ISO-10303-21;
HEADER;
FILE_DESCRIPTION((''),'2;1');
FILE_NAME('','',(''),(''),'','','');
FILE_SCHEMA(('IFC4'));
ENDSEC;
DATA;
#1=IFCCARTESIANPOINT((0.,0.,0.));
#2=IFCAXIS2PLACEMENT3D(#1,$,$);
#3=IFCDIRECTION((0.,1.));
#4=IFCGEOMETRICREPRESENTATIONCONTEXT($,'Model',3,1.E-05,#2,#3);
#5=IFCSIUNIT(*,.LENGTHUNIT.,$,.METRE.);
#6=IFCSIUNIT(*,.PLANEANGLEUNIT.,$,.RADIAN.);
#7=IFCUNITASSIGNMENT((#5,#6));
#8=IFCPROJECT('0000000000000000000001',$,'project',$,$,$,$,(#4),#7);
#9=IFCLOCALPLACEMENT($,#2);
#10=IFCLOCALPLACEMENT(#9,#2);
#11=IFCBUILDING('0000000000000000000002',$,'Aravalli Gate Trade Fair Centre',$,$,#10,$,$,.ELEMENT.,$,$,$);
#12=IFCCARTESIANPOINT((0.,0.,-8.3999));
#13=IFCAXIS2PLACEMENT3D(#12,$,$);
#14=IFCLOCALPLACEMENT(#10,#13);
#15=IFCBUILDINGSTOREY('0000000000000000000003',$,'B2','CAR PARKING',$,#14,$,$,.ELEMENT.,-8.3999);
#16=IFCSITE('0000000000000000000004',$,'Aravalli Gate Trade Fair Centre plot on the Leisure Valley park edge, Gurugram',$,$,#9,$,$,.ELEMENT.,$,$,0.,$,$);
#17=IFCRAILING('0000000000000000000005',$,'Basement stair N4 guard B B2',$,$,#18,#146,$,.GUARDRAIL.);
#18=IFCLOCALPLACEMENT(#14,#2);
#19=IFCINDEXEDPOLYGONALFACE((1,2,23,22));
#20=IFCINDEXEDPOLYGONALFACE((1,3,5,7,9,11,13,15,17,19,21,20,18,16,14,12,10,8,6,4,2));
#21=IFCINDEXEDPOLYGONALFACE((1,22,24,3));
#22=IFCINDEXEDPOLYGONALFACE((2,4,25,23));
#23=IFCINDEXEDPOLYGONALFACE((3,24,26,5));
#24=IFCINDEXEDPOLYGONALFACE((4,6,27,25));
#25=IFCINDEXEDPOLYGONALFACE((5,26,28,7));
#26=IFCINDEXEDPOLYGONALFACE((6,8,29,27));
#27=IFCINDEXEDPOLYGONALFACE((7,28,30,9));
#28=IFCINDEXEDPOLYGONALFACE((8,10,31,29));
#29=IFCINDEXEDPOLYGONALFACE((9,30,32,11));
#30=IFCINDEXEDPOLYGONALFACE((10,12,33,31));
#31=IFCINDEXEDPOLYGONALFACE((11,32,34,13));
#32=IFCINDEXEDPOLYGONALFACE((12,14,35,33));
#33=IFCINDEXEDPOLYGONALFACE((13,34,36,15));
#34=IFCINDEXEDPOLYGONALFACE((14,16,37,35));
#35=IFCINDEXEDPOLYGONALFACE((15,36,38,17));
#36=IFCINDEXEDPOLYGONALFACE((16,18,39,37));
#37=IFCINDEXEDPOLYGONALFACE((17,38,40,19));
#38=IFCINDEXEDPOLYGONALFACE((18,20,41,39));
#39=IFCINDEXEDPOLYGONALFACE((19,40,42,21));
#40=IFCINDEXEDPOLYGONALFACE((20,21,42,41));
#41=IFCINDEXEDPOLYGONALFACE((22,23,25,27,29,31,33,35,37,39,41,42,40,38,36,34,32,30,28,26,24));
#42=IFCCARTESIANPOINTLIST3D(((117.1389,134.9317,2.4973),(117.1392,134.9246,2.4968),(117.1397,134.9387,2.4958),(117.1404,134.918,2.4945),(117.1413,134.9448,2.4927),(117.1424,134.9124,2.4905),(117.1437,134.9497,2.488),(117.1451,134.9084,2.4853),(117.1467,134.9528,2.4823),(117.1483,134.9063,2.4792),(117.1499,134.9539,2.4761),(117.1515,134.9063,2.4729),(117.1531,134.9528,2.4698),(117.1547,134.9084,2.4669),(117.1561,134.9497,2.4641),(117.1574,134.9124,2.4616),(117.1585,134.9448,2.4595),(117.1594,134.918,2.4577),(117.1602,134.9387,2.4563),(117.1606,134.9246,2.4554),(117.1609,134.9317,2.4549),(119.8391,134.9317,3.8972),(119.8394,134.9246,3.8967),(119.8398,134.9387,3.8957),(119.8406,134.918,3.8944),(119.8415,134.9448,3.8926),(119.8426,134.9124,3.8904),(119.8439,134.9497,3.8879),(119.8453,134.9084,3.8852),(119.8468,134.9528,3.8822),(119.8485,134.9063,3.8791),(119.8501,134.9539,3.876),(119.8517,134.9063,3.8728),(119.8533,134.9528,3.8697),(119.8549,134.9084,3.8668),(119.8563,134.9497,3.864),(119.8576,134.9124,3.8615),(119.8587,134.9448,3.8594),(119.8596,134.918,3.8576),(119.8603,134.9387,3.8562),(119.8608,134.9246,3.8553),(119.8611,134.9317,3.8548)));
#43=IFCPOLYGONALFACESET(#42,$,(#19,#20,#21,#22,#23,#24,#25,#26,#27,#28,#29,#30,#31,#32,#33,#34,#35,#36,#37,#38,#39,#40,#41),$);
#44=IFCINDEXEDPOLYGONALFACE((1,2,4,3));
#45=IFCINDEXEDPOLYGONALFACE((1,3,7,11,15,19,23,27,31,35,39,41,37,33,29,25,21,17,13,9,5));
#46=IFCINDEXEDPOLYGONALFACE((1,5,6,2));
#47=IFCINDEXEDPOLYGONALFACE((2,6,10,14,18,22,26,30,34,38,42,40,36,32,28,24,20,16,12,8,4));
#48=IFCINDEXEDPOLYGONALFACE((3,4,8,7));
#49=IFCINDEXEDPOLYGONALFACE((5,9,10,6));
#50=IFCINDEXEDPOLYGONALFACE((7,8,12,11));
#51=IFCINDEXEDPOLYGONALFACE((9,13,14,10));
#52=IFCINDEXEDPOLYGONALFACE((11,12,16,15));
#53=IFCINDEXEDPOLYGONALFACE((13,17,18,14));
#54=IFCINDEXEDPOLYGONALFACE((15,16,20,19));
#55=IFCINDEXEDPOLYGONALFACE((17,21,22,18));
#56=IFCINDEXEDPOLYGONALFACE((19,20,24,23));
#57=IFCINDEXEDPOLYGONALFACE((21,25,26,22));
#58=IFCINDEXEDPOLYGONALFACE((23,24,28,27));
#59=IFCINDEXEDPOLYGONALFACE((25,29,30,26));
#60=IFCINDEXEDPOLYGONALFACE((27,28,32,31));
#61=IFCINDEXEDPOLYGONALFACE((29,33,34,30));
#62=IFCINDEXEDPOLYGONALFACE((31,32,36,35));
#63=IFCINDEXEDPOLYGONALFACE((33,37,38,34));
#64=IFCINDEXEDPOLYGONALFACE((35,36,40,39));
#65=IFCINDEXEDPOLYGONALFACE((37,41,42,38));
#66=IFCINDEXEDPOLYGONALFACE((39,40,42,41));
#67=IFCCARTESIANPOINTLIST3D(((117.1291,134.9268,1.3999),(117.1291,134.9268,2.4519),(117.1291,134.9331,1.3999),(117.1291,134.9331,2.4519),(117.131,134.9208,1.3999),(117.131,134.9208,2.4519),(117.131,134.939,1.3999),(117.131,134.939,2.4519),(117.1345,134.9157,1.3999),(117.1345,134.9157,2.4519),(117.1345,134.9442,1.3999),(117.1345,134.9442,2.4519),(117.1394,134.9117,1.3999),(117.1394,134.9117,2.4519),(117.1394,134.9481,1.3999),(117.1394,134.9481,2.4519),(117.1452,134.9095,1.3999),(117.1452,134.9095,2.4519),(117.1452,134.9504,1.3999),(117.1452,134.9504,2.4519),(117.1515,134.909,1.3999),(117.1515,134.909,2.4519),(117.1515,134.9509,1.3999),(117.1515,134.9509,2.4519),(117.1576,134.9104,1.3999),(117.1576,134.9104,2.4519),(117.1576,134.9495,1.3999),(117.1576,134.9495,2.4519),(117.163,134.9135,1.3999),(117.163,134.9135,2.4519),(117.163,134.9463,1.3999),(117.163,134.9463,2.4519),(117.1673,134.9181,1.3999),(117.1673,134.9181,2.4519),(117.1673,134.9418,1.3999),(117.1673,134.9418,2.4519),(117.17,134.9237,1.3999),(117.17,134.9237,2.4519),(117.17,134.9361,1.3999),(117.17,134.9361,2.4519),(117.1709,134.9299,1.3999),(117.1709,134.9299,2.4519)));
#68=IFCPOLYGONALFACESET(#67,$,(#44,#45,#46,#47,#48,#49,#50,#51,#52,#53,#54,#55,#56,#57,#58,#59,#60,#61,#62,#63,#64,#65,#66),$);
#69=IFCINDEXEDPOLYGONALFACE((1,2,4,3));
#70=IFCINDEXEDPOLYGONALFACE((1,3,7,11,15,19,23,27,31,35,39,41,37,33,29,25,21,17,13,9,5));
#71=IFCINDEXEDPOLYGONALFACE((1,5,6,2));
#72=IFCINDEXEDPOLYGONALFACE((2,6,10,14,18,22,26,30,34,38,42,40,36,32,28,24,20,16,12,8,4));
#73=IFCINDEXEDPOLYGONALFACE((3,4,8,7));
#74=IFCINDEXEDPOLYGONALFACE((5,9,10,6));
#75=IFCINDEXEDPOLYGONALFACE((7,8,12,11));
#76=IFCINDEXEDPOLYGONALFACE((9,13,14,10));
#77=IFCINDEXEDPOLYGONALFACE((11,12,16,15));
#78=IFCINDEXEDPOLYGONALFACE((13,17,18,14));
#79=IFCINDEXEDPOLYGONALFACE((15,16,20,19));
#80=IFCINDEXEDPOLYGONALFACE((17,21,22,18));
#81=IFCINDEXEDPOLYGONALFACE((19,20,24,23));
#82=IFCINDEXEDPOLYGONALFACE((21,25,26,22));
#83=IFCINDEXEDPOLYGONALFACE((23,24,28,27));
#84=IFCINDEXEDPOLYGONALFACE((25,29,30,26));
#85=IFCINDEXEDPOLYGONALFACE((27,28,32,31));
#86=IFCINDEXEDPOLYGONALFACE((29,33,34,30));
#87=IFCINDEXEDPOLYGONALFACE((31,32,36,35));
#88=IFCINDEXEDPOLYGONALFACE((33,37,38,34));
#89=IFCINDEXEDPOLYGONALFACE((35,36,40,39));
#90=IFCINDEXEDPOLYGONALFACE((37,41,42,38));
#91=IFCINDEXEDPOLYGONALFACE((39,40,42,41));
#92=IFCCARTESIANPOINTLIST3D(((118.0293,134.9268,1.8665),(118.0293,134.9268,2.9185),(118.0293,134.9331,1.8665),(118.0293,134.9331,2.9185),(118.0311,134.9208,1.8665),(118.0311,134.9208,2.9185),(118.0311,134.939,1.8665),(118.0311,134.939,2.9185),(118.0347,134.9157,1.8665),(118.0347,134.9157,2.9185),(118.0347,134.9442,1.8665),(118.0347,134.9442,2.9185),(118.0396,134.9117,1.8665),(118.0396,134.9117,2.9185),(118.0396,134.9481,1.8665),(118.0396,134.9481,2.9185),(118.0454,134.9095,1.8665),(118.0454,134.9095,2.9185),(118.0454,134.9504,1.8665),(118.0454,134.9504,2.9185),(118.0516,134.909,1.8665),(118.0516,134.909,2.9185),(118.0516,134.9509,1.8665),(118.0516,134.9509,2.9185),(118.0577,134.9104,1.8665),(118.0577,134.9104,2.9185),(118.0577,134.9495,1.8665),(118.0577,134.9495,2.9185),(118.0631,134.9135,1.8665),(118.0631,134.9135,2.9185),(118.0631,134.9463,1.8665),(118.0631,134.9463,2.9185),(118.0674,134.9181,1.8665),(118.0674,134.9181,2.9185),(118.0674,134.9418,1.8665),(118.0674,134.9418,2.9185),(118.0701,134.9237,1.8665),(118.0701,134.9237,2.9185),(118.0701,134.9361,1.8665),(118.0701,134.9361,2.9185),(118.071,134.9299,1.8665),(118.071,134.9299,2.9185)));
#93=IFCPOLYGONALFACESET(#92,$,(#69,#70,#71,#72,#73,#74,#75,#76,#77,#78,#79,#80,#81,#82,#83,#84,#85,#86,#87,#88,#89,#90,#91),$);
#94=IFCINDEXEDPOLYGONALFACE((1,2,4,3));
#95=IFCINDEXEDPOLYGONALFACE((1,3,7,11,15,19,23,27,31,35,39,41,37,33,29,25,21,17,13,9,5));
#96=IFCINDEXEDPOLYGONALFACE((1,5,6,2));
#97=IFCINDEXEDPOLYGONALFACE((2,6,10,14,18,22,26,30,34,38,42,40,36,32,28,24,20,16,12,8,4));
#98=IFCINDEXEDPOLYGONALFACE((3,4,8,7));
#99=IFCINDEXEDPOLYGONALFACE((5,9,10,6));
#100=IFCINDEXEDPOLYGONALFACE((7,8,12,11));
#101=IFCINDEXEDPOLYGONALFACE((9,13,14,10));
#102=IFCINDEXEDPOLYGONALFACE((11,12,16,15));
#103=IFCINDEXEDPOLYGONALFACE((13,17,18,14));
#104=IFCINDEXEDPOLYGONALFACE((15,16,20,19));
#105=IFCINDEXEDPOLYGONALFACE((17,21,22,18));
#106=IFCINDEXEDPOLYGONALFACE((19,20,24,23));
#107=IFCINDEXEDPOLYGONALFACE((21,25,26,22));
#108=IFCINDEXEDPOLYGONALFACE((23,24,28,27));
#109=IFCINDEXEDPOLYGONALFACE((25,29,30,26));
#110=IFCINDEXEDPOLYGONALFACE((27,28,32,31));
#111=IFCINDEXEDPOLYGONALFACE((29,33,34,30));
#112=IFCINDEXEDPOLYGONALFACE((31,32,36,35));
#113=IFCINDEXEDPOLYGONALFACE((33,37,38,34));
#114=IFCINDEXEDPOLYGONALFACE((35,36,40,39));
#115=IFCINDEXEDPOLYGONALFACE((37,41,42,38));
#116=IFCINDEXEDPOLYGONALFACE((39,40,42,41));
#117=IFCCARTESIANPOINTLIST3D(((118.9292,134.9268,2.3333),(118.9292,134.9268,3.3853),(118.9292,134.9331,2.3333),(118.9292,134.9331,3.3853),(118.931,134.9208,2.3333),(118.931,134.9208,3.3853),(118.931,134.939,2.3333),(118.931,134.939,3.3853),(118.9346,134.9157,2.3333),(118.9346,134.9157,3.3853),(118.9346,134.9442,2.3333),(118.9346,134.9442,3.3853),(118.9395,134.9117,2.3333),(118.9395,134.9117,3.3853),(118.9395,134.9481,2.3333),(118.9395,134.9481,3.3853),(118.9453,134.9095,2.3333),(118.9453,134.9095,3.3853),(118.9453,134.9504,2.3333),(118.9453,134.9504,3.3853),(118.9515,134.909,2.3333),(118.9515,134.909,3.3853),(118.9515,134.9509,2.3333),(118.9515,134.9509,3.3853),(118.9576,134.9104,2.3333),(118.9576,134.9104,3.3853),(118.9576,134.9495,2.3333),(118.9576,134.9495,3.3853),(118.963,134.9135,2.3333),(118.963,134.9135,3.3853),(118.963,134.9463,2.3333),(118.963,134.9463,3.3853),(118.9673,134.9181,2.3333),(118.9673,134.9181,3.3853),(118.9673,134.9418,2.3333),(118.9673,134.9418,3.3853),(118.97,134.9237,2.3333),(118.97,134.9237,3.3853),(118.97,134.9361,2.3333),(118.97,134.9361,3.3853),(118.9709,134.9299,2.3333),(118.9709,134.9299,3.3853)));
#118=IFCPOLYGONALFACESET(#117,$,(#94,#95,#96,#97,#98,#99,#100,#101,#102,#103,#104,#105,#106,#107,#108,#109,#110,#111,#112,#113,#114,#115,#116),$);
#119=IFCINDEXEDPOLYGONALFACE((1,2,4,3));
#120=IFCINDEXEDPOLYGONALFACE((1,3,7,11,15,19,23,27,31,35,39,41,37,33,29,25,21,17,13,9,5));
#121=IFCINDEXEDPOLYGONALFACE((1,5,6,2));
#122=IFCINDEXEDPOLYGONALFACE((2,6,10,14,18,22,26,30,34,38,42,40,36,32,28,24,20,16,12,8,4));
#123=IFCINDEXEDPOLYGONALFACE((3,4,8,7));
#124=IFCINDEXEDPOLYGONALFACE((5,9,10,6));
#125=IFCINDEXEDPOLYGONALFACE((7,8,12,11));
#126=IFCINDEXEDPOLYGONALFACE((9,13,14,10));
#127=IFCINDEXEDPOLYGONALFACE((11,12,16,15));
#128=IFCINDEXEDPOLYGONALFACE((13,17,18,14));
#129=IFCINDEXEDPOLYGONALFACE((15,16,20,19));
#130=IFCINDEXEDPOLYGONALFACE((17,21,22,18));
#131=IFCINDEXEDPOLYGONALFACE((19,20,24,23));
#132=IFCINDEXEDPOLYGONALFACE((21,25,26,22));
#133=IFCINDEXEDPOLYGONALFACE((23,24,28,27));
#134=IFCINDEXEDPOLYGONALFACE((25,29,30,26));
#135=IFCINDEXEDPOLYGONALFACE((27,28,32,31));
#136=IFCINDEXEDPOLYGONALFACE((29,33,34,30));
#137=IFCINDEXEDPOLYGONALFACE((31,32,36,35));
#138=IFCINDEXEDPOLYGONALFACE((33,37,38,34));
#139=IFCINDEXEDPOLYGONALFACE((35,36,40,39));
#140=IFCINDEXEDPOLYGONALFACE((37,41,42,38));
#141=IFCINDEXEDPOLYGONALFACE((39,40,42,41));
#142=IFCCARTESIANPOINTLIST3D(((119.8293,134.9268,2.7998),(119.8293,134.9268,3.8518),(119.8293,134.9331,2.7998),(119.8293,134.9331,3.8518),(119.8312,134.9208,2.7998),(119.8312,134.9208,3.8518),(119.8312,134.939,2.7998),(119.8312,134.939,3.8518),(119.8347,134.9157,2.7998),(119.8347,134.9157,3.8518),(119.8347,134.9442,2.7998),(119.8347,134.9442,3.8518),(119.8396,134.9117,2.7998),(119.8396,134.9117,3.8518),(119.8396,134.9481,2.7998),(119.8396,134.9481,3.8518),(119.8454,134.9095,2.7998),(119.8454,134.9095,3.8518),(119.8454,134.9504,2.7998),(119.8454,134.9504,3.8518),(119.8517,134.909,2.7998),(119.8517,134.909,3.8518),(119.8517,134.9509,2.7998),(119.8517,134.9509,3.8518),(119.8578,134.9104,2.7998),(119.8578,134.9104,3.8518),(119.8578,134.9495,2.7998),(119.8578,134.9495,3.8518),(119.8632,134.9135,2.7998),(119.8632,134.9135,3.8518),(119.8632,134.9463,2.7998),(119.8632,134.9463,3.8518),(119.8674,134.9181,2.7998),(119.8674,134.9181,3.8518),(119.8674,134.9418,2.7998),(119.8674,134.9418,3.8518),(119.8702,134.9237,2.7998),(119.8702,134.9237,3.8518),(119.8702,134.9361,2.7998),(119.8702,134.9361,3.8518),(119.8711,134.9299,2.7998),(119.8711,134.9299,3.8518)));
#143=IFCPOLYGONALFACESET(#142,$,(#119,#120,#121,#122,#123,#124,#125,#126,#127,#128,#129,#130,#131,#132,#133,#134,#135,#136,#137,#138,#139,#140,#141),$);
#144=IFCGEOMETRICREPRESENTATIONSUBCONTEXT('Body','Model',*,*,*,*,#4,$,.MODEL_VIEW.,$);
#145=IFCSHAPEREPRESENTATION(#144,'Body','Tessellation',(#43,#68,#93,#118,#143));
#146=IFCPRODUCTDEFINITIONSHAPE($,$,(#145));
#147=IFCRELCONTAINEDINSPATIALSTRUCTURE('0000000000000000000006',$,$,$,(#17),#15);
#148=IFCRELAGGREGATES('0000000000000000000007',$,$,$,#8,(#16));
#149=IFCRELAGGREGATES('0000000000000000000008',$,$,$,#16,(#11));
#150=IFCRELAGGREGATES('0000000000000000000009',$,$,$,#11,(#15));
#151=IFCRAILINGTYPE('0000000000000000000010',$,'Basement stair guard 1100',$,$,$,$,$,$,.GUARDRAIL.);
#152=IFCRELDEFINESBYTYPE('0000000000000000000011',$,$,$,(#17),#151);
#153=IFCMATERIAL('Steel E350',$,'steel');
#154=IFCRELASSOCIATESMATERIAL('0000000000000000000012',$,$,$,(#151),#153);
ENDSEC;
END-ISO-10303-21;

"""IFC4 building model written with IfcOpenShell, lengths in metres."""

from ifc_helpers import new_model, si_unit, direction, frame, origin, origin_2d, place, context, subcontext, project, spatial, circle, extrude, material, type_object, element, save


model = new_model("IFC4")

# Units and contexts
model_context = context("Model", 3, precision=1e-05, world=origin(), true_north=direction((0.0, 1.0)))
body_context = subcontext(model_context, "Body", "Model", "MODEL_VIEW")
ifc_project = project(units=[si_unit("LENGTHUNIT", "METRE"), si_unit("PLANEANGLEUNIT", "RADIAN")], contexts=[model_context])

# Site, building, storey
site_placement = place(None, origin())
site = spatial("IfcSite", under=ifc_project, at=site_placement, Name="Aravalli Gate Trade Fair Centre plot on the Leisure Valley park edge, Gurugram", CompositionType="ELEMENT", RefElevation=0.0)
building_placement = place(site_placement, origin())
building = spatial("IfcBuilding", under=site, at=building_placement, Name="Aravalli Gate Trade Fair Centre", CompositionType="ELEMENT")
storey_placement = place(building_placement, frame((0.0, 0.0, -8.3999)))
storey = spatial("IfcBuildingStorey", under=building, at=storey_placement, Name="B2", Description="CAR PARKING", CompositionType="ELEMENT", Elevation=-8.3999)

# Railing
ifc_material_1 = material(Name="Steel E350", Category="steel")
railing_type_1 = type_object("IfcRailingType", Name="Basement stair guard 1100", PredefinedType="GUARDRAIL", material=ifc_material_1)
railing_1_placement = place(storey_placement, frame((117.1499, 134.9299, 1.3999)))
element("IfcRailing", 1, at=railing_1_placement, inside=storey, type_object=railing_type_1, Name="Basement stair N4 guard B B2", PredefinedType="GUARDRAIL", context=body_context, shape_type="SweptSolid", body=[
    extrude(circle(Radius=0.0239, at=origin_2d()), frame((0.0, 0.0, 1.0762), z_axis=(0.887781, 0.0, 0.460266), x_axis=(0.0, 1.0, 0.0)), (0.0, 0.0, 1.0), 3.0415),
    extrude(circle(Radius=0.021, at=origin_2d()), origin(), (0.0, 0.0, 1.0), 1.052),
    extrude(circle(Radius=0.021, at=origin_2d()), frame((0.9001, 0.0, 0.4666)), (0.0, 0.0, 1.0), 1.052),
    extrude(circle(Radius=0.021, at=origin_2d()), frame((1.8, 0.0, 0.9333)), (0.0, 0.0, 1.0), 1.052),
    extrude(circle(Radius=0.021, at=origin_2d()), frame((2.7002, 0.0, 1.3999)), (0.0, 0.0, 1.0), 1.052),
])

save(model, "model.ifc")
